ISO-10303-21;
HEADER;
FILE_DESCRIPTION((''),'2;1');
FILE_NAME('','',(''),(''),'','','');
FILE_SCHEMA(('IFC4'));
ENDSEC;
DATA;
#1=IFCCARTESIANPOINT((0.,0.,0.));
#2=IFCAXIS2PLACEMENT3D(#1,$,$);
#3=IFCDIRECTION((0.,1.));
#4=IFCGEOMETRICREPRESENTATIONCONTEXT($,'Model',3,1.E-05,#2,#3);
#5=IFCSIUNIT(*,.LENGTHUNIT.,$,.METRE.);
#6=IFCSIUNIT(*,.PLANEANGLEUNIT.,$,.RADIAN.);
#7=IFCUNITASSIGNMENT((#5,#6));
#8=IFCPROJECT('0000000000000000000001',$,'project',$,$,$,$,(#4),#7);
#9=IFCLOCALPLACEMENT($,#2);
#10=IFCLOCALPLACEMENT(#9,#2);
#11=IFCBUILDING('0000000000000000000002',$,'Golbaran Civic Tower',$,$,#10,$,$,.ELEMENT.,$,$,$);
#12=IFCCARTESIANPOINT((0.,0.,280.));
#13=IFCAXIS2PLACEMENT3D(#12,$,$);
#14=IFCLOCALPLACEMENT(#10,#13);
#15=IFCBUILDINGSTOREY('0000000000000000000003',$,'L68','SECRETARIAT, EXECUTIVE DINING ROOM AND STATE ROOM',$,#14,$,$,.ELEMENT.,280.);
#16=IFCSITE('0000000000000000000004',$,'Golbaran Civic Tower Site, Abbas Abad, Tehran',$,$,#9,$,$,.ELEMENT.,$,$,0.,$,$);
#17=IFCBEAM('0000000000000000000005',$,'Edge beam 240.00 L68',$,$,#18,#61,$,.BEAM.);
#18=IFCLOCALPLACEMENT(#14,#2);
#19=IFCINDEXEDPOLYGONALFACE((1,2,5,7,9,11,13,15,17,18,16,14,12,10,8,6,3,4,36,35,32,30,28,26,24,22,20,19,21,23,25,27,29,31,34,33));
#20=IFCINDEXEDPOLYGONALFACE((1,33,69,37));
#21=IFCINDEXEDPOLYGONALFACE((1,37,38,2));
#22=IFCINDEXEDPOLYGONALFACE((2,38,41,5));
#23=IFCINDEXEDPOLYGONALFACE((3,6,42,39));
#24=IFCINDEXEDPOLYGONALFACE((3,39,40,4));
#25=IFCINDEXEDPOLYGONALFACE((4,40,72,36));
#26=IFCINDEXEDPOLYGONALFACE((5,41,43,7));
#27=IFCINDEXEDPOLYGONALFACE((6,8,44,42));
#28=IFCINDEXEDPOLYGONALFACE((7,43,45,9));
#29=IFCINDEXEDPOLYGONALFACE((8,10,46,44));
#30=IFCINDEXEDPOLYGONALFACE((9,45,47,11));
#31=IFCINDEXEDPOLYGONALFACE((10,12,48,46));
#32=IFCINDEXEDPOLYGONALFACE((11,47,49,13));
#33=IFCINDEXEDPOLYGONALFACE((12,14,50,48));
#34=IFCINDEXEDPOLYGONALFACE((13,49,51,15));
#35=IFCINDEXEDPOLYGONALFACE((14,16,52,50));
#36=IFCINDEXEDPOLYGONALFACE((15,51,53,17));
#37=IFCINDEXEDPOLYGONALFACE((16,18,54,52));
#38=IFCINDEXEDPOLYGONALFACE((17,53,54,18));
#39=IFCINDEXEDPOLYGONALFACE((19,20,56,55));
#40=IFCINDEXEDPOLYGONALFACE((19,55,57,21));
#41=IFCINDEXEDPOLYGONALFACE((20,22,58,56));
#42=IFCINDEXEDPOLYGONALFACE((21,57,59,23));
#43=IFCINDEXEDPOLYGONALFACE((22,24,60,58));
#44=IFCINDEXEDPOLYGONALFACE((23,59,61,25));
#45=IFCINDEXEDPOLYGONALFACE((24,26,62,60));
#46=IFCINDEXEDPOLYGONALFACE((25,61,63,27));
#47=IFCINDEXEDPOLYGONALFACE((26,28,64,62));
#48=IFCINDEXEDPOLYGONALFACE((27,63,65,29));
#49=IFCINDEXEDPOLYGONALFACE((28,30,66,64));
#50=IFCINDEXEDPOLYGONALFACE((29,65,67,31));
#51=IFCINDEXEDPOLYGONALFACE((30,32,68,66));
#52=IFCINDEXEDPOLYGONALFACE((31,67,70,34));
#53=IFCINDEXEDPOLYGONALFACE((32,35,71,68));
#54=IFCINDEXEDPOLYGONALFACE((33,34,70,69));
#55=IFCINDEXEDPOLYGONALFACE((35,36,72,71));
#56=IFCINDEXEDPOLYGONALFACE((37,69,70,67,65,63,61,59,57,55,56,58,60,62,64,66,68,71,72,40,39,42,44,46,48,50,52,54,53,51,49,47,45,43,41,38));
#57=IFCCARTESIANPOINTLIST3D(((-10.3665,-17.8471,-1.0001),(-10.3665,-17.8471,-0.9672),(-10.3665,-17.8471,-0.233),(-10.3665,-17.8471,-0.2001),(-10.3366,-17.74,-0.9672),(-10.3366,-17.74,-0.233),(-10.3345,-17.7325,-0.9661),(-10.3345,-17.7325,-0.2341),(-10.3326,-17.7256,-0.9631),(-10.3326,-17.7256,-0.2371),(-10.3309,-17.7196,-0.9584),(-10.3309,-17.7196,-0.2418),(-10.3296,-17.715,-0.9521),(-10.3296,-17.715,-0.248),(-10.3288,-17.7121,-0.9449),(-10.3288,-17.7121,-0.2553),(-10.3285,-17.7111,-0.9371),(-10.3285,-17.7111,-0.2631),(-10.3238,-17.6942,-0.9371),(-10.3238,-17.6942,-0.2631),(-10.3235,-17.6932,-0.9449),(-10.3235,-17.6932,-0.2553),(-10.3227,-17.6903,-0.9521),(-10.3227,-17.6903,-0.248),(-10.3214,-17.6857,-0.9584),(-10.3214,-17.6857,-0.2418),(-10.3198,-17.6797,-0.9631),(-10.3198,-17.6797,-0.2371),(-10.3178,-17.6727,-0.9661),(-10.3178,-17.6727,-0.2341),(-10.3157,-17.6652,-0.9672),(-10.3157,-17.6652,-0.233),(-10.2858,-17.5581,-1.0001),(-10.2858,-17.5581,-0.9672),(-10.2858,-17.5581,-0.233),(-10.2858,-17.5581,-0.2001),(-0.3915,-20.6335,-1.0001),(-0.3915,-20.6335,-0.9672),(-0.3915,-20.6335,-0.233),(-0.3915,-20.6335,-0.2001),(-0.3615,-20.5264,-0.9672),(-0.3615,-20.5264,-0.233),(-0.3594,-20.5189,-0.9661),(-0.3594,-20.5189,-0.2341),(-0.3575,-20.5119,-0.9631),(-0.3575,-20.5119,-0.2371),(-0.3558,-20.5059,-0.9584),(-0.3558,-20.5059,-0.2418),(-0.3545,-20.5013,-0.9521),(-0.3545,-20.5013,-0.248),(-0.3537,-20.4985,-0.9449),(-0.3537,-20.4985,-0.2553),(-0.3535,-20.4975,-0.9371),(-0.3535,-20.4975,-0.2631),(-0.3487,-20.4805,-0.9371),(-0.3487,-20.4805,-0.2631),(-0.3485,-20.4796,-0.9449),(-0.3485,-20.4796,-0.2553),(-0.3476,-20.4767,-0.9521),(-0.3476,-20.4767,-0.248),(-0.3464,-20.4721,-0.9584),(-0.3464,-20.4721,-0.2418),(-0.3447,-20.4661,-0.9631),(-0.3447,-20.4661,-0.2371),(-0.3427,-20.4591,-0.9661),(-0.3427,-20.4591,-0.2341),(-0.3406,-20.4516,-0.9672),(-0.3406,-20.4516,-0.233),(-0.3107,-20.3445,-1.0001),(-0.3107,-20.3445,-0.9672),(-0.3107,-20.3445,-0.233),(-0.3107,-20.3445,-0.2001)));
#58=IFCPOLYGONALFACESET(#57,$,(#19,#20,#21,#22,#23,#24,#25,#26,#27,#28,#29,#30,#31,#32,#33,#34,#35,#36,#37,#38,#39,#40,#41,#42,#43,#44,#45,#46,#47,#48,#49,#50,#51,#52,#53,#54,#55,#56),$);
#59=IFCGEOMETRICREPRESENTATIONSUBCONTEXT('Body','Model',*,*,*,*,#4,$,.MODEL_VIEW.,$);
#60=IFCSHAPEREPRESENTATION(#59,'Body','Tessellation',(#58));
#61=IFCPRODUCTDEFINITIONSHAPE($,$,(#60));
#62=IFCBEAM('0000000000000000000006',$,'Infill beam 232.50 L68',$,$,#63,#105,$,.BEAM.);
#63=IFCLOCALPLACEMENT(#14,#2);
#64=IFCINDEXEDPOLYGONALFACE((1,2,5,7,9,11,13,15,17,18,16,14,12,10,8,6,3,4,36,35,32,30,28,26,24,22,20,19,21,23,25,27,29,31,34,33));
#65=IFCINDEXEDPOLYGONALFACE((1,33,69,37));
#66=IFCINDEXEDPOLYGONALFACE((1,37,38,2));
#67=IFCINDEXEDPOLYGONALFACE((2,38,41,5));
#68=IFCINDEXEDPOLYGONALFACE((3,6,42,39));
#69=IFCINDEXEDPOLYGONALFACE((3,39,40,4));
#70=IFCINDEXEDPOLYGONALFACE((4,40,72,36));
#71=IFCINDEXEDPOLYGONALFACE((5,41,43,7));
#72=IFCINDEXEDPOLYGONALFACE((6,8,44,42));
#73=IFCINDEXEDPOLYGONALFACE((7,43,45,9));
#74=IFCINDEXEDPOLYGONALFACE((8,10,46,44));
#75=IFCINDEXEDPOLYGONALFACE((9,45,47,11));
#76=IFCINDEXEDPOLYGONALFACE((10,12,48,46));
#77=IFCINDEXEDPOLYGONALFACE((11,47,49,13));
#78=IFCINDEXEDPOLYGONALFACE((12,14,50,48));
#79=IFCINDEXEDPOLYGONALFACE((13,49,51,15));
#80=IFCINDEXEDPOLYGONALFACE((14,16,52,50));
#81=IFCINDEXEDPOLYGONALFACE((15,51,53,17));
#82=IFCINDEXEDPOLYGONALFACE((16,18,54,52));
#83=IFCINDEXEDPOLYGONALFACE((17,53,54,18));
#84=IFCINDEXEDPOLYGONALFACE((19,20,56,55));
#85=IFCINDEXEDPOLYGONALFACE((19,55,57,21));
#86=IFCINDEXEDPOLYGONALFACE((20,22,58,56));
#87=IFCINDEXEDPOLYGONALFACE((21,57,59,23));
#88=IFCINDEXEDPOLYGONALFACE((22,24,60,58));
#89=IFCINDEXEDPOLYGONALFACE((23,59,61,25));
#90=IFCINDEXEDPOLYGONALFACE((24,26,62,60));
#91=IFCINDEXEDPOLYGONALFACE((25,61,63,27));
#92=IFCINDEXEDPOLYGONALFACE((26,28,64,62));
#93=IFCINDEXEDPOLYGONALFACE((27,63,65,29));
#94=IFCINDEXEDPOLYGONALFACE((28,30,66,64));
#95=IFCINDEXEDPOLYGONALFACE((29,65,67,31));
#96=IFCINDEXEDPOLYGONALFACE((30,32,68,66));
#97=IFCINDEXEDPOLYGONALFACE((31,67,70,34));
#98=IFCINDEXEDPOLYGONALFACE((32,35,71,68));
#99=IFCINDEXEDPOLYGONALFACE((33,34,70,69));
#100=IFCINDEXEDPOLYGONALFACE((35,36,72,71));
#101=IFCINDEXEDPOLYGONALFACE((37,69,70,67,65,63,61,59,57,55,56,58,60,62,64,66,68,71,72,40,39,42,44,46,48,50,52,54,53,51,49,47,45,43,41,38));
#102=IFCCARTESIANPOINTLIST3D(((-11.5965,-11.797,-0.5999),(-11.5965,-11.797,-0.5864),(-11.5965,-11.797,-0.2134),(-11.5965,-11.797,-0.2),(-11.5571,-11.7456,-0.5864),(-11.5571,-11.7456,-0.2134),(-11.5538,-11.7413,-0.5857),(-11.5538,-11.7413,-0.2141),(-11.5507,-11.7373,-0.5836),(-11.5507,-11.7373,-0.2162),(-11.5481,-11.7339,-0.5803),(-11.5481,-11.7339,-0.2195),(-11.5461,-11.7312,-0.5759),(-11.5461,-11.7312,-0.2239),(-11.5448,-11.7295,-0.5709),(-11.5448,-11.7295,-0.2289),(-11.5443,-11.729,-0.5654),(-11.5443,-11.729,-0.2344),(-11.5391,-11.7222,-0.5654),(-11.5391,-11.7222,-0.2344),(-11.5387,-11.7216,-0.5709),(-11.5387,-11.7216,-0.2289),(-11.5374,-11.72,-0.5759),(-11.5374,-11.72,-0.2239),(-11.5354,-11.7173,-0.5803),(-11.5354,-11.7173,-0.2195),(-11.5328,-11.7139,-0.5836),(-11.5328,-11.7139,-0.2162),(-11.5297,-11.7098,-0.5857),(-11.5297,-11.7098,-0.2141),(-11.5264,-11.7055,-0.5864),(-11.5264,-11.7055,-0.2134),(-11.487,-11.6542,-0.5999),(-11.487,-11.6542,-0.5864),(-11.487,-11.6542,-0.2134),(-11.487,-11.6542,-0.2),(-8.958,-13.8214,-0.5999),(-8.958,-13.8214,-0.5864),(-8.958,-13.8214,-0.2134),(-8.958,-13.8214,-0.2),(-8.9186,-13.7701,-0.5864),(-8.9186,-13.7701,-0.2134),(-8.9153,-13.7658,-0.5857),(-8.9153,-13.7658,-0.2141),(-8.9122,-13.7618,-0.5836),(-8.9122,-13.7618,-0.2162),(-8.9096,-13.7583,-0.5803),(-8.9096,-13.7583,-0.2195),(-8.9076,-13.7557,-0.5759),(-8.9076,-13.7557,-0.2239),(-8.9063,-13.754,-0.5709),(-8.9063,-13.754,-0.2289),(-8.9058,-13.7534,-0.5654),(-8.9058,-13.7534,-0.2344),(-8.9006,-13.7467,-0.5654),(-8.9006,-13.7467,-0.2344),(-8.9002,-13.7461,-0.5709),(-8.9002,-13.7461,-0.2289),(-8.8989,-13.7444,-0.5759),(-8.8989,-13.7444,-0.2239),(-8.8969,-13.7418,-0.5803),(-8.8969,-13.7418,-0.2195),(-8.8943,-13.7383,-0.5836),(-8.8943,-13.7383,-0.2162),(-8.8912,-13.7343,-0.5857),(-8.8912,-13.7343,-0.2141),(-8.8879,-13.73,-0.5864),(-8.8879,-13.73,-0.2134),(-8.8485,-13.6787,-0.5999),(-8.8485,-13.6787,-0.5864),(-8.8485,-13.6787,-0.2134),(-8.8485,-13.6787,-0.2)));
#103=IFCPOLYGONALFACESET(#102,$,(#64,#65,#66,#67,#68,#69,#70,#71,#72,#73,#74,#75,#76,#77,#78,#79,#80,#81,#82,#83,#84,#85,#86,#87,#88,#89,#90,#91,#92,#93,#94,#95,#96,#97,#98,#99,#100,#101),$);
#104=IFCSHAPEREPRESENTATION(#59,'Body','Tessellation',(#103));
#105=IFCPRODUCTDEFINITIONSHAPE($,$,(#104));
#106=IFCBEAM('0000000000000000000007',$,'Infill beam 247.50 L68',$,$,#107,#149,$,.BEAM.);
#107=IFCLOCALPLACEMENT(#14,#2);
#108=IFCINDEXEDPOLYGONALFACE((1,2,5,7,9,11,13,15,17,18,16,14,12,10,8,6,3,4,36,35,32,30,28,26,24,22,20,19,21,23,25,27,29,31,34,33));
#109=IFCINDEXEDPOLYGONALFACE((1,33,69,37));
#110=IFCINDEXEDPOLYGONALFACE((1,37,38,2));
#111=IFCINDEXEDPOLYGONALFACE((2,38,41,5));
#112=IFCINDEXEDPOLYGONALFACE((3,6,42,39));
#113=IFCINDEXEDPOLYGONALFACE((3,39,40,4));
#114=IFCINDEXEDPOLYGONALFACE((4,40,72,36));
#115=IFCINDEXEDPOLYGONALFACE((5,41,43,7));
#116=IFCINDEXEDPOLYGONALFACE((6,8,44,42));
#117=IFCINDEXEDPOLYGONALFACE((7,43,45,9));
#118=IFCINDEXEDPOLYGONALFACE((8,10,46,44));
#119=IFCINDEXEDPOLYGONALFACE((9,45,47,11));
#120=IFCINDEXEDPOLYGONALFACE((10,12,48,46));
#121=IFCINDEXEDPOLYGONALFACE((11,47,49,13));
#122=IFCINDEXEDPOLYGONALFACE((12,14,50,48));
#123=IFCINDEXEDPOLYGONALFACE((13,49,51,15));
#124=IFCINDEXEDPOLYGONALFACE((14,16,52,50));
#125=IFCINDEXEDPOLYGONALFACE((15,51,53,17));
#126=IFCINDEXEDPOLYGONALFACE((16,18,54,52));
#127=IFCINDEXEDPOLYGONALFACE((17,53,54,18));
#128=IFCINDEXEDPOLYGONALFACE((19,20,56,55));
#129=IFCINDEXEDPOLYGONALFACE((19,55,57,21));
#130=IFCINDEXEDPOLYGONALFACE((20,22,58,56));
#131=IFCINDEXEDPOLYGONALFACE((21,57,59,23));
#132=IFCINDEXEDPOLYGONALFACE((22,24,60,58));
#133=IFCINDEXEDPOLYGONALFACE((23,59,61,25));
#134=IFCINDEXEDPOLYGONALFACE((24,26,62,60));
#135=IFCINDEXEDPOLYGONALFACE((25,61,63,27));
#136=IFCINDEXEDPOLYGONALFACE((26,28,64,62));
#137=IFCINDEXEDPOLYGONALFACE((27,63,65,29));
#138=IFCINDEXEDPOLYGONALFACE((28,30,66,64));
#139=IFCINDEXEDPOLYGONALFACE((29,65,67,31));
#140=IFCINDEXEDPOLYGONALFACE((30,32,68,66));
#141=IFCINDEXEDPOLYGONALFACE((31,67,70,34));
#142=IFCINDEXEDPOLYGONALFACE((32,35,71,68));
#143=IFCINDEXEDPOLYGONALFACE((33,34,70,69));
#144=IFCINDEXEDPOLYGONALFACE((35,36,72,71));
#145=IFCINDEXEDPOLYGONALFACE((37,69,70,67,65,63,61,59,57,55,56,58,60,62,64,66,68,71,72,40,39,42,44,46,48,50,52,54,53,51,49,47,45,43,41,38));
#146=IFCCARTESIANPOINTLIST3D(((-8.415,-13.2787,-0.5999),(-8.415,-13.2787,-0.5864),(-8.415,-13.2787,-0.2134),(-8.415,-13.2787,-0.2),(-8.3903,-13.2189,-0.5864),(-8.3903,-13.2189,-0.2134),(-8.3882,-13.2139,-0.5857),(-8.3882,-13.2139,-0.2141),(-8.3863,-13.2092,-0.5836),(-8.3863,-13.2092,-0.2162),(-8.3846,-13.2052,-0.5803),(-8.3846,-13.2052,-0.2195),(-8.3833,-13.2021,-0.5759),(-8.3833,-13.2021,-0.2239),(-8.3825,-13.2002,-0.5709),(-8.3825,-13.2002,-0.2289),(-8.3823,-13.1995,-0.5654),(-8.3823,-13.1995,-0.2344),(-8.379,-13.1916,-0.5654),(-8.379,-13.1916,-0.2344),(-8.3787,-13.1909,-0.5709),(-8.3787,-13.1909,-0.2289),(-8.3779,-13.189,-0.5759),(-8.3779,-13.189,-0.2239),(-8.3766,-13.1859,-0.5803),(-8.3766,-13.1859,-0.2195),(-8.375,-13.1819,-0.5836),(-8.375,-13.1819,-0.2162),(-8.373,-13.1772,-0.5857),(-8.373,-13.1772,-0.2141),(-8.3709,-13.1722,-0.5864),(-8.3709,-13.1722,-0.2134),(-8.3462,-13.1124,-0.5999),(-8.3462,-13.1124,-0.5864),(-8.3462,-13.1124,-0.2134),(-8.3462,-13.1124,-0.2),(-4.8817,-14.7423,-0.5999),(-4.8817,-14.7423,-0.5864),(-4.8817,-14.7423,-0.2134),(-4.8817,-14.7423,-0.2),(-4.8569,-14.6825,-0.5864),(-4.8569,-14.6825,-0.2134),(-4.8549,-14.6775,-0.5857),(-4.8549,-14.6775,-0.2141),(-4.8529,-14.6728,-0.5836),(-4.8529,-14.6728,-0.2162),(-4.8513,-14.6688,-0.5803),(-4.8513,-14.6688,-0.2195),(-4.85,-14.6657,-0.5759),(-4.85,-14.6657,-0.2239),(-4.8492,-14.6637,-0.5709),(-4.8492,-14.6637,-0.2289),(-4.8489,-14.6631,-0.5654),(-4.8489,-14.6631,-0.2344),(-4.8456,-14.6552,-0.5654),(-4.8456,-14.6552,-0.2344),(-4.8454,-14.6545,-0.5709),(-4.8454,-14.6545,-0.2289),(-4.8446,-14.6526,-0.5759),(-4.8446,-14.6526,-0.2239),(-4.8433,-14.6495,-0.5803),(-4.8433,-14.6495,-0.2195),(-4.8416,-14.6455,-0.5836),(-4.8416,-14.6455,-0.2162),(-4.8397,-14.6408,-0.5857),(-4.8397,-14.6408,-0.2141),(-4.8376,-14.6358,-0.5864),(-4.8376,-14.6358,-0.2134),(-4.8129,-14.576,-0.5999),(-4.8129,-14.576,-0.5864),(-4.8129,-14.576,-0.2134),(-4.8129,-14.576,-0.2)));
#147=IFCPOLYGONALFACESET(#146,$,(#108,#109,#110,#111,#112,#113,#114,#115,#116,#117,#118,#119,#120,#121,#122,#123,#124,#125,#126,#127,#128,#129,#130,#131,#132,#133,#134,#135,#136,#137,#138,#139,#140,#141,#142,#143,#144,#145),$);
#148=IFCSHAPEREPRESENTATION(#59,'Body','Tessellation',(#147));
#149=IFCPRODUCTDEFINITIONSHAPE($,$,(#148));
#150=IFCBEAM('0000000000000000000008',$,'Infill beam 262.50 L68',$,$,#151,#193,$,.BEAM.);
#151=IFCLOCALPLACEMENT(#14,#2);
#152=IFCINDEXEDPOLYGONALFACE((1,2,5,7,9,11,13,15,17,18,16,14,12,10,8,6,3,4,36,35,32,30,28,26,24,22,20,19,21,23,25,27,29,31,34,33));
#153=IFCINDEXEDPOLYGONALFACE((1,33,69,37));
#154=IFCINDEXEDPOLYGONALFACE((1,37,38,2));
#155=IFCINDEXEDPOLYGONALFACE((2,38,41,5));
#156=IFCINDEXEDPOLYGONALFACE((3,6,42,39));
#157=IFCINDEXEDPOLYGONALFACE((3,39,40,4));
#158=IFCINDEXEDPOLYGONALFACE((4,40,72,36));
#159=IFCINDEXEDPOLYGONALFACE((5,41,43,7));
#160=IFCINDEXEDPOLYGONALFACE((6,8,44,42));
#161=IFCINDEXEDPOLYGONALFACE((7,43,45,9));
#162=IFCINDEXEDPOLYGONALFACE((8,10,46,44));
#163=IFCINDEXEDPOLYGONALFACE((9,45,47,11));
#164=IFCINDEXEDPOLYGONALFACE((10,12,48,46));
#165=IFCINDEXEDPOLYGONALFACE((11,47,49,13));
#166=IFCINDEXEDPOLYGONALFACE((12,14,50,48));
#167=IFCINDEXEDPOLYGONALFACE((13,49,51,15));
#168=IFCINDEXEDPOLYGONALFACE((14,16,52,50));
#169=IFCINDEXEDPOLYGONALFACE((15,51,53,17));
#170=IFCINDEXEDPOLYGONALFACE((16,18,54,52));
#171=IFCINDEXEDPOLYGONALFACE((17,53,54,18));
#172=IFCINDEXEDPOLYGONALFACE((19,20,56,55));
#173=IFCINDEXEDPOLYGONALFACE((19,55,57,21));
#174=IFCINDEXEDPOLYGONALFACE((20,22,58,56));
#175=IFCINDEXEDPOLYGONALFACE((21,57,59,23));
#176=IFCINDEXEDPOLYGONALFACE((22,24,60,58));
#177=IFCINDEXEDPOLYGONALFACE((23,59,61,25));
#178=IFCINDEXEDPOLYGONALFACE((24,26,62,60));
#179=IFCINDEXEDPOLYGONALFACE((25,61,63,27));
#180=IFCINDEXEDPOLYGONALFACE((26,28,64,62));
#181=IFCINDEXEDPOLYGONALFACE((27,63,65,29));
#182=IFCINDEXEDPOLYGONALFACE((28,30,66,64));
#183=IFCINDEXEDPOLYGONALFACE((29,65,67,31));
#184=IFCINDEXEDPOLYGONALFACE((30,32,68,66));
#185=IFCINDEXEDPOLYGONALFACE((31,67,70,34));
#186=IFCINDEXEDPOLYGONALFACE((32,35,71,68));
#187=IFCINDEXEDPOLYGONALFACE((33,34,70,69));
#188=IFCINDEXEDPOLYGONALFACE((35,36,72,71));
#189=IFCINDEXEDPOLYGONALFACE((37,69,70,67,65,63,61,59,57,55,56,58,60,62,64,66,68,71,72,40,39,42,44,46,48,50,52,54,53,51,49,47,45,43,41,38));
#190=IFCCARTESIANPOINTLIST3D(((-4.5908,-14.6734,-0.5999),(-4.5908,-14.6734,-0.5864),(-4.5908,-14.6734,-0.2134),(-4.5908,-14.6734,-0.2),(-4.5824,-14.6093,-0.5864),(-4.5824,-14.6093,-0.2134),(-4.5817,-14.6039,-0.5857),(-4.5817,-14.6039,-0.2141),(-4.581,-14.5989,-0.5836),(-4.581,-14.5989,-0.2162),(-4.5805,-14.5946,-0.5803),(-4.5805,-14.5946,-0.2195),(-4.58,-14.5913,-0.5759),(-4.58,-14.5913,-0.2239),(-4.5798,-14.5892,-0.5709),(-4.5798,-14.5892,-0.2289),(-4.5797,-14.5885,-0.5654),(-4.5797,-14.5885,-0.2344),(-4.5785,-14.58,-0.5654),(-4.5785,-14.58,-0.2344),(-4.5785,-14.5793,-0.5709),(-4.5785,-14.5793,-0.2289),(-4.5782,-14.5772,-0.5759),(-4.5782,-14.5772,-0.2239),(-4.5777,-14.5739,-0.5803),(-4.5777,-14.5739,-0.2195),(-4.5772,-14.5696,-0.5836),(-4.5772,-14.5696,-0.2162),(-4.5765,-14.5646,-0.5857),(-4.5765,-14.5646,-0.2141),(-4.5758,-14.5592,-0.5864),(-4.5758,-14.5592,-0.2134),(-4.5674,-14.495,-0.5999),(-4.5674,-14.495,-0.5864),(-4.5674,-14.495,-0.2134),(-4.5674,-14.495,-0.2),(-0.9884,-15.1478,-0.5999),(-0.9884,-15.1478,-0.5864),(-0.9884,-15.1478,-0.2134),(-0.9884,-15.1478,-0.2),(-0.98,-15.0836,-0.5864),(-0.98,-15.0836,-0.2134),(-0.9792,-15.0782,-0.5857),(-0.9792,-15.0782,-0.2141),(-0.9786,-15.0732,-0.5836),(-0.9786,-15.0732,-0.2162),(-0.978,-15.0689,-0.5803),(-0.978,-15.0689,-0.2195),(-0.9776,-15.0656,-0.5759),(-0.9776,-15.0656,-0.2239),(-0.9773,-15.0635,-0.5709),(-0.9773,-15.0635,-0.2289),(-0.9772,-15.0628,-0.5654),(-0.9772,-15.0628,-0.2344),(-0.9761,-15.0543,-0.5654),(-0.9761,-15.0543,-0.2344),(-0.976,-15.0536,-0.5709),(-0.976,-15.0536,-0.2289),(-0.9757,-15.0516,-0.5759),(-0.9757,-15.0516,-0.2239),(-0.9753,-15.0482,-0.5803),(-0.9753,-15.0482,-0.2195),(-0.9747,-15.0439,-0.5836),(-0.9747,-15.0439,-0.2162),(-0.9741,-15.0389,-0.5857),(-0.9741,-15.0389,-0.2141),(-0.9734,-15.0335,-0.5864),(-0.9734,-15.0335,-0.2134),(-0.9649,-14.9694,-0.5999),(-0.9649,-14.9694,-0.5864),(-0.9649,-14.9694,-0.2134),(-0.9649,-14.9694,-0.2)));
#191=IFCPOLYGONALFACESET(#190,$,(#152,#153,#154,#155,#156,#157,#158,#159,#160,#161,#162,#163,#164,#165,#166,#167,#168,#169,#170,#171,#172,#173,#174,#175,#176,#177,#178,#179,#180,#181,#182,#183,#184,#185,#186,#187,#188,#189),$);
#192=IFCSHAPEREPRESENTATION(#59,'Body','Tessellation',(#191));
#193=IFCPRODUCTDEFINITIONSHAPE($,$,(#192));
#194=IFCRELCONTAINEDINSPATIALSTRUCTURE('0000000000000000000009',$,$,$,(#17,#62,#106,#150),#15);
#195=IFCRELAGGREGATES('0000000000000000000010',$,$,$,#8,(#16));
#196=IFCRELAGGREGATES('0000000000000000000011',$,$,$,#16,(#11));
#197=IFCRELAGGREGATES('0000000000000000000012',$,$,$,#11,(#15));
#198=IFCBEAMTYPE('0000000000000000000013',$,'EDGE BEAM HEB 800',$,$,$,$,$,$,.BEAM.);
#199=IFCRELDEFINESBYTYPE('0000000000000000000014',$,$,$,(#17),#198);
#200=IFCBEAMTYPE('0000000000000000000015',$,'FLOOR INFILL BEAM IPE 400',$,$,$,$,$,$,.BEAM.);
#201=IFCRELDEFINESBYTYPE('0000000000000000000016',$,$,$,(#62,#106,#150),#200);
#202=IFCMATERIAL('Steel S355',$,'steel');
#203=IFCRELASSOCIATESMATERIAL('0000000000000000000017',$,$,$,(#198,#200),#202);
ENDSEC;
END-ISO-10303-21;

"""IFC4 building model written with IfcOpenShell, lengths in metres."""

from ifc_helpers import new_model, si_unit, direction, frame, origin, origin_2d, place, context, subcontext, project, spatial, i_section, extrude, material, material_profile, profile_set, type_object, element, save


model = new_model("IFC4")

# Units and contexts
model_context = context("Model", 3, precision=1e-05, world=origin(), true_north=direction((0.0, 1.0)))
body_context = subcontext(model_context, "Body", "Model", "MODEL_VIEW")
ifc_project = project(units=[si_unit("LENGTHUNIT", "METRE"), si_unit("PLANEANGLEUNIT", "RADIAN")], contexts=[model_context])

# Site, building, storey
site_placement = place(None, origin())
site = spatial("IfcSite", under=ifc_project, at=site_placement, Name="Golbaran Civic Tower Site, Abbas Abad, Tehran", CompositionType="ELEMENT", RefElevation=0.0)
building_placement = place(site_placement, origin())
building = spatial("IfcBuilding", under=site, at=building_placement, Name="Golbaran Civic Tower", CompositionType="ELEMENT")
storey_placement = place(building_placement, frame((0.0, 0.0, 280.0)))
storey = spatial("IfcBuildingStorey", under=building, at=storey_placement, Name="L68", Description="SECRETARIAT, EXECUTIVE DINING ROOM AND STATE ROOM", CompositionType="ELEMENT", Elevation=280.0)

# Beams
ifc_material_1 = material(Name="Steel S355", Category="steel")
ifc_material_profile_1 = material_profile(ifc_material_1, i_section(OverallWidth=0.3, OverallDepth=0.8, WebThickness=0.0176, FlangeThickness=0.033, FilletRadius=0.03, at=origin_2d()), Name="HEB 800")
ifc_profile_set_1 = profile_set([ifc_material_profile_1], Name="Steel S355")
beam_type_1 = type_object("IfcBeamType", Name="EDGE BEAM HEB 800", PredefinedType="BEAM", material=ifc_profile_set_1)
beam_1_placement = place(storey_placement, frame((-10.3262, -17.7026, -0.6001), z_axis=(0.963131, -0.269034, 0.0), x_axis=(0.269034, 0.963131, 0.0)))
element("IfcBeam", 1, at=beam_1_placement, inside=storey, type_object=beam_type_1, Name="Edge beam 240.00 L68", PredefinedType="BEAM", context=body_context, shape_type="SweptSolid", body=[
    extrude(i_section(OverallWidth=0.3, OverallDepth=0.8, WebThickness=0.0176, FlangeThickness=0.033, FilletRadius=0.03, at=origin_2d()), origin(), (0.0, 0.0, 1.0), 10.3569),
])
ifc_material_profile_2 = material_profile(ifc_material_1, i_section(OverallWidth=0.1799, OverallDepth=0.3999, WebThickness=0.0085, FlangeThickness=0.0134, FilletRadius=0.021, at=origin_2d()), Name="IPE 400")
ifc_profile_set_2 = profile_set([ifc_material_profile_2], Name="Steel S355")
beam_type_2 = type_object("IfcBeamType", Name="FLOOR INFILL BEAM IPE 400", PredefinedType="BEAM", material=ifc_profile_set_2)
beam_2_placement = place(storey_placement, frame((-11.5417, -11.7256, -0.3999), z_axis=(0.793371, -0.608738, 0.0), x_axis=(0.608738, 0.793371, 0.0)))
element("IfcBeam", 2, at=beam_2_placement, inside=storey, type_object=beam_type_2, Name="Infill beam 232.50 L68", PredefinedType="BEAM", context=body_context, shape_type="SweptSolid", body=[
    extrude(i_section(OverallWidth=0.1799, OverallDepth=0.3999, WebThickness=0.0085, FlangeThickness=0.0134, FilletRadius=0.021, at=origin_2d()), origin(), (0.0, 0.0, 1.0), 3.3257),
])
beam_3_placement = place(storey_placement, frame((-8.3806, -13.1956, -0.3999), z_axis=(0.923878, -0.382688, 0.0), x_axis=(0.382688, 0.923878, 0.0)))
element("IfcBeam", 3, at=beam_3_placement, inside=storey, type_object=beam_type_2, Name="Infill beam 247.50 L68", PredefinedType="BEAM", context=body_context, shape_type="SweptSolid", body=[
    extrude(i_section(OverallWidth=0.1799, OverallDepth=0.3999, WebThickness=0.0085, FlangeThickness=0.0134, FilletRadius=0.021, at=origin_2d()), origin(), (0.0, 0.0, 1.0), 3.8245),
])
beam_4_placement = place(storey_placement, frame((-4.5791, -14.5842, -0.3999), z_axis=(0.991442, -0.130548, 0.0), x_axis=(0.130548, 0.991442, 0.0)))
element("IfcBeam", 4, at=beam_4_placement, inside=storey, type_object=beam_type_2, Name="Infill beam 262.50 L68", PredefinedType="BEAM", context=body_context, shape_type="SweptSolid", body=[
    extrude(i_section(OverallWidth=0.1799, OverallDepth=0.3999, WebThickness=0.0085, FlangeThickness=0.0134, FilletRadius=0.021, at=origin_2d()), origin(), (0.0, 0.0, 1.0), 3.6335),
])

save(model, "model.ifc")
